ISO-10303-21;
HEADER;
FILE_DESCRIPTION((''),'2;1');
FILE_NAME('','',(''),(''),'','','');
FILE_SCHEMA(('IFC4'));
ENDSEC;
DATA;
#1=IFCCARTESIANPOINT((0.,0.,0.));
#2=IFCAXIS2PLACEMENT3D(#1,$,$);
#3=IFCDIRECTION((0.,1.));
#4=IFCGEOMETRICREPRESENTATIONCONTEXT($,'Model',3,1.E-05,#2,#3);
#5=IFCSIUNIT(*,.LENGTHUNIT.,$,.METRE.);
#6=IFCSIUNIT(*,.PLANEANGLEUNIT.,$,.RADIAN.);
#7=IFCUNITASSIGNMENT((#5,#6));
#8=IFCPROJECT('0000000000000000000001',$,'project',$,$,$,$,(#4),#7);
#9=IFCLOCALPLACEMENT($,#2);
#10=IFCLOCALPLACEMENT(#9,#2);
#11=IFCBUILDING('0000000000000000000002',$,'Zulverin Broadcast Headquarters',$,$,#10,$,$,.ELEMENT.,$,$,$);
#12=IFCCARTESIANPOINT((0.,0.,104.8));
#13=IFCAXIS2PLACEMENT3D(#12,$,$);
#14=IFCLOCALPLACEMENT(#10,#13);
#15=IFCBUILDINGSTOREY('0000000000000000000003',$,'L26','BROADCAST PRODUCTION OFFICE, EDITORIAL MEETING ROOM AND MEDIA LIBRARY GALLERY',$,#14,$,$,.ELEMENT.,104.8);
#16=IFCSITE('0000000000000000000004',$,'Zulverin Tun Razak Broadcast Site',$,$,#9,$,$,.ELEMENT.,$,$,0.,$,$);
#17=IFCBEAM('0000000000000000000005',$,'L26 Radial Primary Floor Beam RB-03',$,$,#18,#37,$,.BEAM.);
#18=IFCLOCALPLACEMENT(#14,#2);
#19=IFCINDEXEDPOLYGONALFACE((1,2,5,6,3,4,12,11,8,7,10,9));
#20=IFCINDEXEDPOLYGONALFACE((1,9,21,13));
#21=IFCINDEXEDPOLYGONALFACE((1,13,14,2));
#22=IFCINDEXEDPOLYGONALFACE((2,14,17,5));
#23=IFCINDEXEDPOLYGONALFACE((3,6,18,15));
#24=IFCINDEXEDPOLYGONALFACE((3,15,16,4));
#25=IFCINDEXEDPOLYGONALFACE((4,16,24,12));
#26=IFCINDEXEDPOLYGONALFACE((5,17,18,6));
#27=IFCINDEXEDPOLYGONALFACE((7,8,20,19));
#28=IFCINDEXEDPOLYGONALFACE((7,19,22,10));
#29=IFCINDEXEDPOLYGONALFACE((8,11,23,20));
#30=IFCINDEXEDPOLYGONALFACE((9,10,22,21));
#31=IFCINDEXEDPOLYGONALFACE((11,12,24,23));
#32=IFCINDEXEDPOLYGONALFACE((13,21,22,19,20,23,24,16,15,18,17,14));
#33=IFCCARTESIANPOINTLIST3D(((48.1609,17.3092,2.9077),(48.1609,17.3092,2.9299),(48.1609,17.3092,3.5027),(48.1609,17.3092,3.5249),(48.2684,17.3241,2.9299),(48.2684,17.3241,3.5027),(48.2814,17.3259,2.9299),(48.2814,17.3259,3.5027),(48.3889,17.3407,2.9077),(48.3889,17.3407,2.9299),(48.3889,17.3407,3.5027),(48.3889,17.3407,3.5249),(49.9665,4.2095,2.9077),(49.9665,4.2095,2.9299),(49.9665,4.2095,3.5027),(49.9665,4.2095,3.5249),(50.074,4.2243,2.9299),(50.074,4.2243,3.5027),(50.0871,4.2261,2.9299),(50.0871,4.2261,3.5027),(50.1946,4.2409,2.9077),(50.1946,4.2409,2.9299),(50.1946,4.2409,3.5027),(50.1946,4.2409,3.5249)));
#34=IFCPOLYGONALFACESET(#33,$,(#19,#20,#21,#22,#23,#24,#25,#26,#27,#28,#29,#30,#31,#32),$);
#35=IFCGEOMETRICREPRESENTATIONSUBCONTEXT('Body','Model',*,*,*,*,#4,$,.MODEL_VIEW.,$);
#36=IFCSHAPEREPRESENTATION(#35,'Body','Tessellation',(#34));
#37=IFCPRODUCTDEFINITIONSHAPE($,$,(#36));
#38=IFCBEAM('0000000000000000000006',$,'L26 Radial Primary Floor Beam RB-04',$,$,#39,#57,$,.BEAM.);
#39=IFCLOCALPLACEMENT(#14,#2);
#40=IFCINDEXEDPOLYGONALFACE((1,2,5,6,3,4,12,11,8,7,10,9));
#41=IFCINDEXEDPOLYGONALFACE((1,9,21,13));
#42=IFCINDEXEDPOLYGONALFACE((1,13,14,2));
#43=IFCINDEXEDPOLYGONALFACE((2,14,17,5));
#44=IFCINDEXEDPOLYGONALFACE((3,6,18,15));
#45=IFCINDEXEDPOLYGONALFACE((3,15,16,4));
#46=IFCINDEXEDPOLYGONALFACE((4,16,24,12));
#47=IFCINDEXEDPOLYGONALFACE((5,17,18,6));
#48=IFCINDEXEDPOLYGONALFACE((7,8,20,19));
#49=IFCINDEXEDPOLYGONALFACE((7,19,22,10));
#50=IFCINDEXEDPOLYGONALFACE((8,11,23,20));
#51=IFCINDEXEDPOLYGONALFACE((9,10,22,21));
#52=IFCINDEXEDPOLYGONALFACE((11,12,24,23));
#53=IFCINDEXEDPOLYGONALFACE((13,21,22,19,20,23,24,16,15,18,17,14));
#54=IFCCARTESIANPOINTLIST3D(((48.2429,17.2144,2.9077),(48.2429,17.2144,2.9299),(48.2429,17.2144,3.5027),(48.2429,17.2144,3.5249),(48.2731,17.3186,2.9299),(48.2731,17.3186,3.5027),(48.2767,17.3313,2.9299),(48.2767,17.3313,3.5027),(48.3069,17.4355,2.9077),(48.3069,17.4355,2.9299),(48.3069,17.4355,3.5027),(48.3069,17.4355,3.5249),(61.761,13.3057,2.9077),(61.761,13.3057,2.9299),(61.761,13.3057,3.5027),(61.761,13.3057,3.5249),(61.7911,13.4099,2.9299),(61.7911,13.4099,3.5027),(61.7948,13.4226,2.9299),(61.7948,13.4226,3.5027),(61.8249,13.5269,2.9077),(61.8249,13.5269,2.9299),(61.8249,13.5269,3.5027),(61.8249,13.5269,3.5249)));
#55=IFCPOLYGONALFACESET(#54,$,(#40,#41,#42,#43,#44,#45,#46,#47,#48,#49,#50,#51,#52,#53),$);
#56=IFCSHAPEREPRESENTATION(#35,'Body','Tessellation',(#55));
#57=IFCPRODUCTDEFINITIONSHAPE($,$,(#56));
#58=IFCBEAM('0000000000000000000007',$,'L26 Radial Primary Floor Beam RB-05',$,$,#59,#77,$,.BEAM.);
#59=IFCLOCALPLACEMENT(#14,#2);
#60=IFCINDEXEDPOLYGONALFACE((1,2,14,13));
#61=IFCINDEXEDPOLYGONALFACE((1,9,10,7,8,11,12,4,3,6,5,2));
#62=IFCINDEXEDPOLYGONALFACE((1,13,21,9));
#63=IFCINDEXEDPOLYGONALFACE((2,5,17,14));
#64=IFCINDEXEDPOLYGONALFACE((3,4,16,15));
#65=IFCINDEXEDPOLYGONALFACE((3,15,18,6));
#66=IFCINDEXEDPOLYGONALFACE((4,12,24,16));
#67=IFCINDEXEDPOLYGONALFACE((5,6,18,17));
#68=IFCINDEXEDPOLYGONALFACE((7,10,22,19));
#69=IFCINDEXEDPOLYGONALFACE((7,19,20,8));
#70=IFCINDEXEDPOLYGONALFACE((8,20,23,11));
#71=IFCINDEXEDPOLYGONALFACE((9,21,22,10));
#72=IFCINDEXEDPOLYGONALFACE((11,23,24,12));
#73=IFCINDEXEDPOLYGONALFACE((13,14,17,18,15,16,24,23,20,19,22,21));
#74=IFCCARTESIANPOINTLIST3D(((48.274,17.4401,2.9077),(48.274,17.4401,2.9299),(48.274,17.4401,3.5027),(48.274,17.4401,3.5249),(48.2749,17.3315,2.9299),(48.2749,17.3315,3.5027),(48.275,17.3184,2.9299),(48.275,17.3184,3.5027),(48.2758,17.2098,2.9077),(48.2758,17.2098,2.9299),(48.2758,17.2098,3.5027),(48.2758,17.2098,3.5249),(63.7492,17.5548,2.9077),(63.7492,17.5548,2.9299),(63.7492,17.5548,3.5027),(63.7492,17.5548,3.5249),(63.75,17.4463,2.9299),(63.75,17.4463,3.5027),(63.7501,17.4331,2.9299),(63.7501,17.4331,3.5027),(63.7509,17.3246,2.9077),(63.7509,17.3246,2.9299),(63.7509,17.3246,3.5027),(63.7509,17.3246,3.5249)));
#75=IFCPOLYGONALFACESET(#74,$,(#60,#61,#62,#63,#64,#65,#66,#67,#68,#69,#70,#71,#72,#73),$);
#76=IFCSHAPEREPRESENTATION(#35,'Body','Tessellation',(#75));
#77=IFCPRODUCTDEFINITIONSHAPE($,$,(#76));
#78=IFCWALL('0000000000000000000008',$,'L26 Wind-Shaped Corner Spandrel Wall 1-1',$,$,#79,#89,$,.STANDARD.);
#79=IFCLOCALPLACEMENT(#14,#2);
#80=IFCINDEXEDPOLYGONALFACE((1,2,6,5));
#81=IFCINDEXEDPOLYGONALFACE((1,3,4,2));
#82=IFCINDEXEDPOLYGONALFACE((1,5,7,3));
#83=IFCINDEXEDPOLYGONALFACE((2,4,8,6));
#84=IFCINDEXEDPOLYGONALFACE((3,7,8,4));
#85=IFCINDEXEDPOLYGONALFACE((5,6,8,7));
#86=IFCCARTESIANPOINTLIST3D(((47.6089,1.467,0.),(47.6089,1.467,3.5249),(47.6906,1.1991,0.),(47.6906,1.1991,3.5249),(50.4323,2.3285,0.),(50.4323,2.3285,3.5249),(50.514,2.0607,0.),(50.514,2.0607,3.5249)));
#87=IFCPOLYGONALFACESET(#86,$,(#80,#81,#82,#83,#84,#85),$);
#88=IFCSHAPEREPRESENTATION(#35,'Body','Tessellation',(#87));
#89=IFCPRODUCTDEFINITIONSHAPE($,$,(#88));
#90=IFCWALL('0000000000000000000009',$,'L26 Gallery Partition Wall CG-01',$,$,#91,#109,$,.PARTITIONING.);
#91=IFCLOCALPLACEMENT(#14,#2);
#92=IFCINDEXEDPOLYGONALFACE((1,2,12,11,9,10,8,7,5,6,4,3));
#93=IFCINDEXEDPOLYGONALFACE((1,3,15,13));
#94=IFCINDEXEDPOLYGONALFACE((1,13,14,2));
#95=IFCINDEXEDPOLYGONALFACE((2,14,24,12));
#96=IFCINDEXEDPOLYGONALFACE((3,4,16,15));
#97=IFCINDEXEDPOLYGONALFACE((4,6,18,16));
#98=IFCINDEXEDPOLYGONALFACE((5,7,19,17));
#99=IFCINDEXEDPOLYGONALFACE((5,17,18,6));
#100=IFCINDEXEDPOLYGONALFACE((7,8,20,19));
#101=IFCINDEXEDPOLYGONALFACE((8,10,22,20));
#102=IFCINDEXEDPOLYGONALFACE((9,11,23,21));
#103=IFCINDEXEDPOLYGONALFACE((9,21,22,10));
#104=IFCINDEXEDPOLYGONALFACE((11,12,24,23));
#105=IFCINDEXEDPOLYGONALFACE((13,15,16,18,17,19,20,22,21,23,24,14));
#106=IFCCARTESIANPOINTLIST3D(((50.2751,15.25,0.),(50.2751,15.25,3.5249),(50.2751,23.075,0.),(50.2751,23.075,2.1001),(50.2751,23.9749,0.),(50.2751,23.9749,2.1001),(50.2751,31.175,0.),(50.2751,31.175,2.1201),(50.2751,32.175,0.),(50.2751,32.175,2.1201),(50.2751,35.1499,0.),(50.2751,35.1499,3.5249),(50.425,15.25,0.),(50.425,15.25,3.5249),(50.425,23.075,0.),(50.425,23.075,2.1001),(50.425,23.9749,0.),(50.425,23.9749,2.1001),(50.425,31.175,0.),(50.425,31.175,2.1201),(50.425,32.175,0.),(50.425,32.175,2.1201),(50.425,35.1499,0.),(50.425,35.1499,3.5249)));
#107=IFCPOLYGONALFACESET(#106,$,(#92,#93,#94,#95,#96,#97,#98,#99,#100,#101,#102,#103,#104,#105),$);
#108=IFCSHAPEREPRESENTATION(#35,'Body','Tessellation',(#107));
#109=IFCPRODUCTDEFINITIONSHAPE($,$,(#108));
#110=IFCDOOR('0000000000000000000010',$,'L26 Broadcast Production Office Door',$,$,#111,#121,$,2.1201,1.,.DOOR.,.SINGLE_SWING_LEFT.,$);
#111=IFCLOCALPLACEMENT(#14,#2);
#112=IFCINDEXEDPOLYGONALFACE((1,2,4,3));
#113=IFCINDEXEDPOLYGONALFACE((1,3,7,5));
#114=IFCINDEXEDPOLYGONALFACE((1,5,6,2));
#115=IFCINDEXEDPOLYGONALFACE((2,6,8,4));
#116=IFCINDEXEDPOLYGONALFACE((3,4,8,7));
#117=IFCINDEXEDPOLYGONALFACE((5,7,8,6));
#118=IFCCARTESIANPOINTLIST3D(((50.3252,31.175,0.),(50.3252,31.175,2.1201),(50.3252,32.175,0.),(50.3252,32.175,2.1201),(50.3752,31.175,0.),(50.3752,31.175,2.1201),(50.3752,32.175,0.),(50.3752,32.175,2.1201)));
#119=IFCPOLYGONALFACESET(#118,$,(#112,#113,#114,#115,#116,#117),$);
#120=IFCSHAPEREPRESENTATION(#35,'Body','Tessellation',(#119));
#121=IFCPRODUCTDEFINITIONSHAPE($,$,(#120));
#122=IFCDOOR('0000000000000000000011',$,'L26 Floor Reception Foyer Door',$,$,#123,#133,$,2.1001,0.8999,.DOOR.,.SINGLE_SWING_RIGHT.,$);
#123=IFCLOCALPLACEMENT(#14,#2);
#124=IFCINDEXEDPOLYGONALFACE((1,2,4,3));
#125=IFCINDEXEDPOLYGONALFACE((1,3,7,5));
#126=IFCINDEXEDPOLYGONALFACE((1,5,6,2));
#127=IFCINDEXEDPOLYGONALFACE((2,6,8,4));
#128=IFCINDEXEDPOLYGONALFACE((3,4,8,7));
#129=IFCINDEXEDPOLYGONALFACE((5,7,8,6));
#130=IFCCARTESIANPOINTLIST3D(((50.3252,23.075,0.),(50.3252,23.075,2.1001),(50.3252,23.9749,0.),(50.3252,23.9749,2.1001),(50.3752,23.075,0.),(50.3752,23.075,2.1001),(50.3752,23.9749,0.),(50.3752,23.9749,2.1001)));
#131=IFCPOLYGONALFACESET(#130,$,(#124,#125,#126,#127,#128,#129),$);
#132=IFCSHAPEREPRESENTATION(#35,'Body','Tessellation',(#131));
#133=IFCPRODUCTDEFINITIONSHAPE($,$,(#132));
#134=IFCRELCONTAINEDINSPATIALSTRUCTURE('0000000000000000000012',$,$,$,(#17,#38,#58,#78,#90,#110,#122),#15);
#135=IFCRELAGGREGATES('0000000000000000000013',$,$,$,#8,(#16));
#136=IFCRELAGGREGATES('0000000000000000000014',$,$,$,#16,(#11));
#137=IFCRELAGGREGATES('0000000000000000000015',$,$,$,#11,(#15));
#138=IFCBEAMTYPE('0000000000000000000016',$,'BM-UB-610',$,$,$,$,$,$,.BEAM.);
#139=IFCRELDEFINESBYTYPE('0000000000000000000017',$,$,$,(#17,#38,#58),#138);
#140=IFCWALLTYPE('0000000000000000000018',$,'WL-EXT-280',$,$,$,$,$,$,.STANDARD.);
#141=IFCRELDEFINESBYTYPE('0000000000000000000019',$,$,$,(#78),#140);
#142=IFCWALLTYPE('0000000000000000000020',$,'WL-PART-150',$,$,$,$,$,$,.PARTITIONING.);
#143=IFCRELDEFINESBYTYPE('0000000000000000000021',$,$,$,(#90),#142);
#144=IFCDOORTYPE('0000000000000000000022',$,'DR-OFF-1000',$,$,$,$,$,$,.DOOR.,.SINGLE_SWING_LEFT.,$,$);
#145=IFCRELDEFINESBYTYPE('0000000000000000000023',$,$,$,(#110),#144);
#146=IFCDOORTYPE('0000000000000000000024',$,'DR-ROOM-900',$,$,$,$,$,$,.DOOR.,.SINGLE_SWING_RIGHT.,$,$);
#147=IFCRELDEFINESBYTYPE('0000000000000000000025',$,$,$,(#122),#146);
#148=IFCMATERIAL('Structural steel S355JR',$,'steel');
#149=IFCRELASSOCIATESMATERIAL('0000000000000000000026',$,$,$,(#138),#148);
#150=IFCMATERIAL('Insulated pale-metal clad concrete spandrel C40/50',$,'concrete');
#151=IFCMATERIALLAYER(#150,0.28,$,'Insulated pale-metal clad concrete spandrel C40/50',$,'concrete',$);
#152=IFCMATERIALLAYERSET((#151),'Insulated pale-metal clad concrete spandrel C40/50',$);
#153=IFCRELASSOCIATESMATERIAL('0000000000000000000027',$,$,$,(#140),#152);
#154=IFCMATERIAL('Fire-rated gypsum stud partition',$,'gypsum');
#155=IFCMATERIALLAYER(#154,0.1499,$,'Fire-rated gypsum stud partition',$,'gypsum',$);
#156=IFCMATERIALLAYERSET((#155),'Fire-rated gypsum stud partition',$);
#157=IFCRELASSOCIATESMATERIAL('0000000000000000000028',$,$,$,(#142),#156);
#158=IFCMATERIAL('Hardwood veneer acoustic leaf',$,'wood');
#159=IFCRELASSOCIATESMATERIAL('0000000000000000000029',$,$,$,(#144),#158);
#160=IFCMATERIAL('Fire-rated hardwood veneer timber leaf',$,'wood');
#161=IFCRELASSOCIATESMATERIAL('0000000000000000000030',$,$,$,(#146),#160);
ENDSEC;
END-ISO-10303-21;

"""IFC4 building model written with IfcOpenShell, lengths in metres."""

from ifc_helpers import new_model, si_unit, direction, frame, frame_2d, origin, origin_2d, place, context, subcontext, project, spatial, rectangle, i_section, extrude, material, layer, layer_set, material_profile, profile_set, type_object, element, fill, save


model = new_model("IFC4")

# Units and contexts
model_context = context("Model", 3, precision=1e-05, world=origin(), true_north=direction((0.0, 1.0)))
body_context = subcontext(model_context, "Body", "Model", "MODEL_VIEW")
ifc_project = project(units=[si_unit("LENGTHUNIT", "METRE"), si_unit("PLANEANGLEUNIT", "RADIAN")], contexts=[model_context])

# Site, building, storey
site_placement = place(None, origin())
site = spatial("IfcSite", under=ifc_project, at=site_placement, Name="Zulverin Tun Razak Broadcast Site", CompositionType="ELEMENT", RefElevation=0.0)
building_placement = place(site_placement, origin())
building = spatial("IfcBuilding", under=site, at=building_placement, Name="Zulverin Broadcast Headquarters", CompositionType="ELEMENT")
storey_placement = place(building_placement, frame((0.0, 0.0, 104.8)))
storey = spatial("IfcBuildingStorey", under=building, at=storey_placement, Name="L26", Description="BROADCAST PRODUCTION OFFICE, EDITORIAL MEETING ROOM AND MEDIA LIBRARY GALLERY", CompositionType="ELEMENT", Elevation=104.8)

# Beams
ifc_material_1 = material(Name="Structural steel S355JR", Category="steel")
ifc_material_profile_1 = material_profile(ifc_material_1, i_section(OverallWidth=0.2302, OverallDepth=0.6172, WebThickness=0.0132, FlangeThickness=0.0222, at=origin_2d()), Name="Structural steel S355JR", Category="steel")
ifc_profile_set_1 = profile_set([ifc_material_profile_1], Name="Structural steel S355JR")
beam_type_1 = type_object("IfcBeamType", Name="BM-UB-610", PredefinedType="BEAM", material=ifc_profile_set_1)
beam_1_placement = place(storey_placement, frame((48.2749, 17.325, 3.2163), z_axis=(0.136547, -0.990634, 0.0), x_axis=(0.990634, 0.136547, 0.0)))
element("IfcBeam", 1, at=beam_1_placement, inside=storey, type_object=beam_type_1, Name="L26 Radial Primary Floor Beam RB-03", PredefinedType="BEAM", context=body_context, shape_type="SweptSolid", body=[
    extrude(i_section(OverallWidth=0.2302, OverallDepth=0.6172, WebThickness=0.0132, FlangeThickness=0.0222, at=origin_2d()), origin(), (0.0, 0.0, 1.0), 13.2236),
])
beam_2_placement = place(storey_placement, frame((48.2749, 17.325, 3.2163), z_axis=(0.960648, -0.277767, 0.0), x_axis=(0.277767, 0.960648, 0.0)))
element("IfcBeam", 2, at=beam_2_placement, inside=storey, type_object=beam_type_1, Name="L26 Radial Primary Floor Beam RB-04", PredefinedType="BEAM", context=body_context, shape_type="SweptSolid", body=[
    extrude(i_section(OverallWidth=0.2302, OverallDepth=0.6172, WebThickness=0.0132, FlangeThickness=0.0222, at=origin_2d()), origin(), (0.0, 0.0, 1.0), 14.0718),
])
beam_3_placement = place(storey_placement, frame((48.2749, 17.325, 3.2163), z_axis=(0.999973, 0.007415, 0.0), x_axis=(-0.007415, 0.999973, 0.0)))
element("IfcBeam", 3, at=beam_3_placement, inside=storey, type_object=beam_type_1, Name="L26 Radial Primary Floor Beam RB-05", PredefinedType="BEAM", context=body_context, shape_type="SweptSolid", body=[
    extrude(i_section(OverallWidth=0.2302, OverallDepth=0.6172, WebThickness=0.0132, FlangeThickness=0.0222, at=origin_2d()), origin(), (0.0, 0.0, 1.0), 15.4756),
])

# Wall
ifc_material_2 = material(Name="Insulated pale-metal clad concrete spandrel C40/50", Category="concrete")
ifc_layer_1 = layer(ifc_material_2, 0.28, Name="Insulated pale-metal clad concrete spandrel C40/50", Category="concrete")
ifc_layer_set_1 = layer_set([ifc_layer_1], Name="Insulated pale-metal clad concrete spandrel C40/50")
wall_type_1 = type_object("IfcWallType", Name="WL-EXT-280", PredefinedType="STANDARD", material=ifc_layer_set_1)
wall_1_placement = place(storey_placement, frame((47.6497, 1.333, 0.0), z_axis=(0.0, 0.0, 1.0), x_axis=(0.956461, 0.291859, 0.0)))
element("IfcWall", 4, at=wall_1_placement, inside=storey, type_object=wall_type_1, Name="L26 Wind-Shaped Corner Spandrel Wall 1-1", PredefinedType="STANDARD", context=body_context, shape_type="SweptSolid", body=[
    extrude(rectangle(XDim=2.9519, YDim=0.28, at=frame_2d((1.4761, 0.0))), origin(), (0.0, 0.0, 1.0), 3.5249),
])

# Wall, openings, doors
ifc_material_3 = material(Name="Fire-rated gypsum stud partition", Category="gypsum")
ifc_layer_2 = layer(ifc_material_3, 0.1499, Name="Fire-rated gypsum stud partition", Category="gypsum")
ifc_layer_set_2 = layer_set([ifc_layer_2], Name="Fire-rated gypsum stud partition")
wall_type_2 = type_object("IfcWallType", Name="WL-PART-150", PredefinedType="PARTITIONING", material=ifc_layer_set_2)
wall_2_placement = place(storey_placement, frame((50.3501, 15.25, 0.0), z_axis=(0.0, 0.0, 1.0), x_axis=(0.0, 1.0, 0.0)))
wall_2 = element("IfcWall", 5, at=wall_2_placement, inside=storey, type_object=wall_type_2, Name="L26 Gallery Partition Wall CG-01", PredefinedType="PARTITIONING", context=body_context, shape_type="SweptSolid", body=[
    extrude(rectangle(XDim=19.8999, YDim=0.1499, at=frame_2d((9.95, 0.0))), origin(), (0.0, 0.0, 1.0), 3.5249),
])
opening_1_placement = place(wall_2_placement, frame((7.825, 0.0, 0.0)))
opening_1 = element("IfcOpeningElement", 6, at=opening_1_placement, cuts=wall_2, PredefinedType="OPENING", context=body_context, shape_type="SweptSolid", body=[
    extrude(rectangle(XDim=0.8999, YDim=2.1001, at=frame_2d((0.45, 1.05))), frame((0.0, 0.085, 0.0), z_axis=(0.0, -1.0, 0.0), x_axis=(1.0, 0.0, 0.0)), (0.0, 0.0, 1.0), 0.1699),
])
opening_2_placement = place(wall_2_placement, frame((15.925, 0.0, 0.0)))
opening_2 = element("IfcOpeningElement", 7, at=opening_2_placement, cuts=wall_2, PredefinedType="OPENING", context=body_context, shape_type="SweptSolid", body=[
    extrude(rectangle(XDim=1.0, YDim=2.1201, at=frame_2d((0.5, 1.0601))), frame((0.0, 0.085, 0.0), z_axis=(0.0, -1.0, 0.0), x_axis=(1.0, 0.0, 0.0)), (0.0, 0.0, 1.0), 0.1699),
])
ifc_material_4 = material(Name="Hardwood veneer acoustic leaf", Category="wood")
door_type_1 = type_object("IfcDoorType", Name="DR-OFF-1000", OperationType="SINGLE_SWING_LEFT", PredefinedType="DOOR", material=ifc_material_4)
door_1_placement = place(opening_2_placement, origin())
door_1 = element("IfcDoor", 8, at=door_1_placement, inside=storey, type_object=door_type_1, Name="L26 Broadcast Production Office Door", OperationType="SINGLE_SWING_LEFT", OverallHeight=2.1201, OverallWidth=1.0, PredefinedType="DOOR", context=body_context, shape_type="SweptSolid", body=[
    extrude(rectangle(XDim=1.0, YDim=2.1201, at=frame_2d((0.5, 1.0601))), frame((0.0, 0.0249, 0.0), z_axis=(0.0, -1.0, 0.0), x_axis=(1.0, 0.0, 0.0)), (0.0, 0.0, 1.0), 0.05),
])
fill(opening_2, door_1)
ifc_material_5 = material(Name="Fire-rated hardwood veneer timber leaf", Category="wood")
door_type_2 = type_object("IfcDoorType", Name="DR-ROOM-900", OperationType="SINGLE_SWING_RIGHT", PredefinedType="DOOR", material=ifc_material_5)
door_2_placement = place(opening_1_placement, origin())
door_2 = element("IfcDoor", 9, at=door_2_placement, inside=storey, type_object=door_type_2, Name="L26 Floor Reception Foyer Door", OperationType="SINGLE_SWING_RIGHT", OverallHeight=2.1001, OverallWidth=0.8999, PredefinedType="DOOR", context=body_context, shape_type="SweptSolid", body=[
    extrude(rectangle(XDim=0.8999, YDim=2.1001, at=frame_2d((0.45, 1.05))), frame((0.0, 0.0249, 0.0), z_axis=(0.0, -1.0, 0.0), x_axis=(1.0, 0.0, 0.0)), (0.0, 0.0, 1.0), 0.05),
])
fill(opening_1, door_2)

save(model, "model.ifc")
